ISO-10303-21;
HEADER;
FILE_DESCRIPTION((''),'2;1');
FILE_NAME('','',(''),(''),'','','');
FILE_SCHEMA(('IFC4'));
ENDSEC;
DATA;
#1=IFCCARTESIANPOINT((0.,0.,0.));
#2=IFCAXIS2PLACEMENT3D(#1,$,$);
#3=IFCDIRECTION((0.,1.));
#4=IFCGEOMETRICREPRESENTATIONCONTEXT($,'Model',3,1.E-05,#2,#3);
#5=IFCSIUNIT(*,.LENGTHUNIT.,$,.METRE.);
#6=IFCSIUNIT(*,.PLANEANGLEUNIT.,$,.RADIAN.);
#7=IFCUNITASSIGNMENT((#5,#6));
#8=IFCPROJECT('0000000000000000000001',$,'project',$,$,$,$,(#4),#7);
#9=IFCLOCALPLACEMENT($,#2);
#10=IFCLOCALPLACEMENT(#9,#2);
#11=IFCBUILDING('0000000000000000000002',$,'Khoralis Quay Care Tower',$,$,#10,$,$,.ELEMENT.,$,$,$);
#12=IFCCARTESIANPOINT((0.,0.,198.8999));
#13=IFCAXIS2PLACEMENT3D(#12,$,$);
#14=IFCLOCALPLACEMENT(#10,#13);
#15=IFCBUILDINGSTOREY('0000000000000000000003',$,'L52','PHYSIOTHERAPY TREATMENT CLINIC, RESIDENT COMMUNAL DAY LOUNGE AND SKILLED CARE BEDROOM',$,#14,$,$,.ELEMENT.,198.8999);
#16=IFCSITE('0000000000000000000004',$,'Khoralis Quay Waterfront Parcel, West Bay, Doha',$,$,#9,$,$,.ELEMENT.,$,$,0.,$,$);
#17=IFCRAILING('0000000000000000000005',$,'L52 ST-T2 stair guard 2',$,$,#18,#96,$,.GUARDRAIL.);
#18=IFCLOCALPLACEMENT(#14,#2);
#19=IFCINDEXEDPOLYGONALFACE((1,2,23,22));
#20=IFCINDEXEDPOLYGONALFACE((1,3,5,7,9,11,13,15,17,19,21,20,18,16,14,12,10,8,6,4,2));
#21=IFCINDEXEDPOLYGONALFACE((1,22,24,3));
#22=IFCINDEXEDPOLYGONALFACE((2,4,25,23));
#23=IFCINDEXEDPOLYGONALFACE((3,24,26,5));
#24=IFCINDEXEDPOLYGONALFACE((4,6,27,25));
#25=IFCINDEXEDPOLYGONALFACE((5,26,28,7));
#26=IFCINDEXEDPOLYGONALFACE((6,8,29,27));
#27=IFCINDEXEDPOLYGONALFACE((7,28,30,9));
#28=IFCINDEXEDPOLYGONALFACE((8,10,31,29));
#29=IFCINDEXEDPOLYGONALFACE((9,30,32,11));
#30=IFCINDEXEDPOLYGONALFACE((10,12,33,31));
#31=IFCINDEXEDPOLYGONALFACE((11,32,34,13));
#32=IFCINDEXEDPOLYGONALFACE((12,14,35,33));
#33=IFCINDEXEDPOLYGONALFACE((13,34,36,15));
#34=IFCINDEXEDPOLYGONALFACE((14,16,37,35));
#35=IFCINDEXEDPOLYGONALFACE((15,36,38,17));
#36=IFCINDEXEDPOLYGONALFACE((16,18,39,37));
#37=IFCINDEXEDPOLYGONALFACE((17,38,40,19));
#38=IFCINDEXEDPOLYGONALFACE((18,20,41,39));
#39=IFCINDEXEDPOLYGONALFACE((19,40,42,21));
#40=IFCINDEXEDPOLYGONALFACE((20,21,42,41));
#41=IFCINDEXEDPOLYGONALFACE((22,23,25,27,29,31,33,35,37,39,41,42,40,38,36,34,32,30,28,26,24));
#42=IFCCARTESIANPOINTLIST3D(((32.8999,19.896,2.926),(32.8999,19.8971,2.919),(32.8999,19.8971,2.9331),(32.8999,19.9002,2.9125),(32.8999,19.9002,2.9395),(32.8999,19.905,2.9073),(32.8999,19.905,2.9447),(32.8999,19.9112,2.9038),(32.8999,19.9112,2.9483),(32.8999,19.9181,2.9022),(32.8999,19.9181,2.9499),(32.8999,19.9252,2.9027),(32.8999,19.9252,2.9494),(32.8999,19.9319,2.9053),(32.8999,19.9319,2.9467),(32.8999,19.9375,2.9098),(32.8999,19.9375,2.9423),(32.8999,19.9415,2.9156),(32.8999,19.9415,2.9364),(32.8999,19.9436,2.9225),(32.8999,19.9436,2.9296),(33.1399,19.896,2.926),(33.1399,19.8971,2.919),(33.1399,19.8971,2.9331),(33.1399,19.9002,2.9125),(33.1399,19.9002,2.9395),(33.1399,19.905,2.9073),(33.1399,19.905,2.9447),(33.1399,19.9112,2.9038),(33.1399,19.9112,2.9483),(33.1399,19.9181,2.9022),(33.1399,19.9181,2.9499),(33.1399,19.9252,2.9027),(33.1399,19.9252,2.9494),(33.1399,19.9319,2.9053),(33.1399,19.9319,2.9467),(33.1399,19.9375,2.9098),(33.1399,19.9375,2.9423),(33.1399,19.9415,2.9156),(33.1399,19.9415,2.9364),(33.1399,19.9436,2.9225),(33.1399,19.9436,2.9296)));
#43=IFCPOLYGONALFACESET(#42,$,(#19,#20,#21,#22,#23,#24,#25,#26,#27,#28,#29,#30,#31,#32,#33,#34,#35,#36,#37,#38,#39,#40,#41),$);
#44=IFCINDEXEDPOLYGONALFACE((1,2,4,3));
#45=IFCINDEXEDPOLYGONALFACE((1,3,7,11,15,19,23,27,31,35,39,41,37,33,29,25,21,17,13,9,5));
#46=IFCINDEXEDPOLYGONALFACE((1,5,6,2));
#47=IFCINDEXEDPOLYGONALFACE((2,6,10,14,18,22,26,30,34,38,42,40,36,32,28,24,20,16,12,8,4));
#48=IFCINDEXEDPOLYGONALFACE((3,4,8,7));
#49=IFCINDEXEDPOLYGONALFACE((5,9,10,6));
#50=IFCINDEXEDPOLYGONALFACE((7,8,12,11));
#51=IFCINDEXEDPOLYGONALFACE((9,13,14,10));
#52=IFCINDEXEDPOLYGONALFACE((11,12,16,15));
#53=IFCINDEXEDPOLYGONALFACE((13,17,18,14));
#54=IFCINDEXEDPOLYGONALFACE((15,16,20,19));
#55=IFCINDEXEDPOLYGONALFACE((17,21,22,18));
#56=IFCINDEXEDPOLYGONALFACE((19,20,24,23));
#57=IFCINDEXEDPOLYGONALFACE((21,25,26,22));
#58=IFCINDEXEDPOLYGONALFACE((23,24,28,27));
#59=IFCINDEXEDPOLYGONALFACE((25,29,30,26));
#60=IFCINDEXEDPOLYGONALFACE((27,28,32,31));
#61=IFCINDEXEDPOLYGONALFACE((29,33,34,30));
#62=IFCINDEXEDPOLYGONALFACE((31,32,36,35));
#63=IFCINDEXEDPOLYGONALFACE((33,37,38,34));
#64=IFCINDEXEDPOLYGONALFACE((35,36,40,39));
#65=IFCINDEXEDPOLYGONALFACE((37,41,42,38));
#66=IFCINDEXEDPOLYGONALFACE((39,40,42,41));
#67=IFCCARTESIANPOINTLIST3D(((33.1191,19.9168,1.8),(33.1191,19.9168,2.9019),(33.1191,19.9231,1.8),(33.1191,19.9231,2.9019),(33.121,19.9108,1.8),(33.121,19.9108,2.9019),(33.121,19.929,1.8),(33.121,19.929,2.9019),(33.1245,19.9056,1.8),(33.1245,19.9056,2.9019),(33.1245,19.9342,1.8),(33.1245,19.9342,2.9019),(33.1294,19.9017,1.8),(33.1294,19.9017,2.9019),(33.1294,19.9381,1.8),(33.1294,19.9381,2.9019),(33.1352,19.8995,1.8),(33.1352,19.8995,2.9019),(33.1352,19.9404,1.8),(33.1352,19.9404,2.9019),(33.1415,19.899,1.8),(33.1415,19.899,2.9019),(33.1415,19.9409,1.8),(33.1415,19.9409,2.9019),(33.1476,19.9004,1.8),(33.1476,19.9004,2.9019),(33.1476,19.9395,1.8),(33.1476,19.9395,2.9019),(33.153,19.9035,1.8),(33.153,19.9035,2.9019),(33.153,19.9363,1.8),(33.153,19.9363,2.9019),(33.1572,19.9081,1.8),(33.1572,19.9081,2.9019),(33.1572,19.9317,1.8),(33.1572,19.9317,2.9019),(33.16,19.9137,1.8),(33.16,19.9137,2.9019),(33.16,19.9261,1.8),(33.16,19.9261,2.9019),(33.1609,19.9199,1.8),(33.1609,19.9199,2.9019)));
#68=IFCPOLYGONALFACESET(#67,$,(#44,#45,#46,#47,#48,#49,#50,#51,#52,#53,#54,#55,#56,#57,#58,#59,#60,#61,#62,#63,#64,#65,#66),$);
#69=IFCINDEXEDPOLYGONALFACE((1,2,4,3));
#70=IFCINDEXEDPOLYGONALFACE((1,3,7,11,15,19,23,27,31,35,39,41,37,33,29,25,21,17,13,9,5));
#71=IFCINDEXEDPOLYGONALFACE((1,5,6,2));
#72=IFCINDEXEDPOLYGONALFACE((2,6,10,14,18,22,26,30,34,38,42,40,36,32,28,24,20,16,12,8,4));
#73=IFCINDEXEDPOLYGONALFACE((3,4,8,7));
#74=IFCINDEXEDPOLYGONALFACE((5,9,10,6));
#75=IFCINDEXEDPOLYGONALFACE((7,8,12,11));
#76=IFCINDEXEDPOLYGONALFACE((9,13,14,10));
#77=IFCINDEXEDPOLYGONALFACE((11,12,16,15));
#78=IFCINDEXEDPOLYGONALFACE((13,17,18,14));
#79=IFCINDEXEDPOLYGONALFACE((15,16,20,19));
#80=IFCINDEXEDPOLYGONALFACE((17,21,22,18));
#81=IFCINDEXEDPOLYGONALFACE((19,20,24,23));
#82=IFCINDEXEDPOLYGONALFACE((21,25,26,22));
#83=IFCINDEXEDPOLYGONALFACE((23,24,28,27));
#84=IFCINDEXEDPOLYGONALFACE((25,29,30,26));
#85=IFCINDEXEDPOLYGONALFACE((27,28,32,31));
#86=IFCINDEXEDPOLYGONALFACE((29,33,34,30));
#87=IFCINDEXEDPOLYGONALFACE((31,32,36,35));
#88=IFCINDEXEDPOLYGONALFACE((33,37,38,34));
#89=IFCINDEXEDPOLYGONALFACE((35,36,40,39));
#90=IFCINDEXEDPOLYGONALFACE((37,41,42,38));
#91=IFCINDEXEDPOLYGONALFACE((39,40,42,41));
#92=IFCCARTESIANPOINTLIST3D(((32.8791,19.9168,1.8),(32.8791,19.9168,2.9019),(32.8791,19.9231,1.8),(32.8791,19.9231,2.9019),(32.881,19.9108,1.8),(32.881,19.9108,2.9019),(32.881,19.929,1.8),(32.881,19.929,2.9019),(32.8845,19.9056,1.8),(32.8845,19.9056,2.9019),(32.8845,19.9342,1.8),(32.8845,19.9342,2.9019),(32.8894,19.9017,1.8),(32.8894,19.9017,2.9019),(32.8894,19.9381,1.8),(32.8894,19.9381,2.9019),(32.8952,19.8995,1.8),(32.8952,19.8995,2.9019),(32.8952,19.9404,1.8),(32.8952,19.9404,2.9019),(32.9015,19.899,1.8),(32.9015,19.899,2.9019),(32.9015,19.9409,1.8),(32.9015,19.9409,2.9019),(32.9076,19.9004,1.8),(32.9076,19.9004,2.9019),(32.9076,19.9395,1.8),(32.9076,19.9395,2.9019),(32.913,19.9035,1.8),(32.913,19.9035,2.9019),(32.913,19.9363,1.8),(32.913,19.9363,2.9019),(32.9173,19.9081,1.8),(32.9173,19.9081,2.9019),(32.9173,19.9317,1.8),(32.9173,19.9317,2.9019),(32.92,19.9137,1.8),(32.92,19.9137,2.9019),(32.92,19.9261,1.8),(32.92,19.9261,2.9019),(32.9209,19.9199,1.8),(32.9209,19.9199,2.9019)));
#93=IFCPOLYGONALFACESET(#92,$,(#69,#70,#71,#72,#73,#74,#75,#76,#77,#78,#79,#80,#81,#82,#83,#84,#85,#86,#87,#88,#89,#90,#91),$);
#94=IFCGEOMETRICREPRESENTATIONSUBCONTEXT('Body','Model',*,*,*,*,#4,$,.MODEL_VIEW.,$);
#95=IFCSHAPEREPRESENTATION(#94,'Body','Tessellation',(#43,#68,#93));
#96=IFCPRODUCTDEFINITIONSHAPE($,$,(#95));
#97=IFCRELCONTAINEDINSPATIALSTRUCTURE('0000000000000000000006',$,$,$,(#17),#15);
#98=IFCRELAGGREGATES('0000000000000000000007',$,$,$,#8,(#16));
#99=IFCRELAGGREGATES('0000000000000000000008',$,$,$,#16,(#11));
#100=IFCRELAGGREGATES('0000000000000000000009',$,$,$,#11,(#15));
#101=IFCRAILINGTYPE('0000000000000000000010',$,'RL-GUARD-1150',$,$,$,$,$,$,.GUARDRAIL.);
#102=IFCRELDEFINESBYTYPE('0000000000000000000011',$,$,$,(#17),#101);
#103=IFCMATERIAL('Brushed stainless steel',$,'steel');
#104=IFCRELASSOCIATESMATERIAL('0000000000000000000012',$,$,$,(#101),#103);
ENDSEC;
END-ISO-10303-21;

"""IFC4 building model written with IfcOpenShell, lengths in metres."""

from ifc_helpers import new_model, si_unit, direction, frame, origin, origin_2d, place, context, subcontext, project, spatial, circle, extrude, material, type_object, element, save


model = new_model("IFC4")

# Units and contexts
model_context = context("Model", 3, precision=1e-05, world=origin(), true_north=direction((0.0, 1.0)))
body_context = subcontext(model_context, "Body", "Model", "MODEL_VIEW")
ifc_project = project(units=[si_unit("LENGTHUNIT", "METRE"), si_unit("PLANEANGLEUNIT", "RADIAN")], contexts=[model_context])

# Site, building, storey
site_placement = place(None, origin())
site = spatial("IfcSite", under=ifc_project, at=site_placement, Name="Khoralis Quay Waterfront Parcel, West Bay, Doha", CompositionType="ELEMENT", RefElevation=0.0)
building_placement = place(site_placement, origin())
building = spatial("IfcBuilding", under=site, at=building_placement, Name="Khoralis Quay Care Tower", CompositionType="ELEMENT")
storey_placement = place(building_placement, frame((0.0, 0.0, 198.8999)))
storey = spatial("IfcBuildingStorey", under=building, at=storey_placement, Name="L52", Description="PHYSIOTHERAPY TREATMENT CLINIC, RESIDENT COMMUNAL DAY LOUNGE AND SKILLED CARE BEDROOM", CompositionType="ELEMENT", Elevation=198.8999)

# Railing
ifc_material_1 = material(Name="Brushed stainless steel", Category="steel")
railing_type_1 = type_object("IfcRailingType", Name="RL-GUARD-1150", PredefinedType="GUARDRAIL", material=ifc_material_1)
railing_1_placement = place(storey_placement, frame((33.1399, 19.9199, 1.8)))
element("IfcRailing", 1, at=railing_1_placement, inside=storey, type_object=railing_type_1, Name="L52 ST-T2 stair guard 2", PredefinedType="GUARDRAIL", context=body_context, shape_type="SweptSolid", body=[
    extrude(circle(Radius=0.0239, at=origin_2d()), frame((0.0, 0.0, 1.126), z_axis=(-1.0, 0.0, 0.0), x_axis=(0.0, -1.0, 0.0)), (0.0, 0.0, 1.0), 0.24),
    extrude(circle(Radius=0.021, at=origin_2d()), origin(), (0.0, 0.0, 1.0), 1.1018),
    extrude(circle(Radius=0.021, at=origin_2d()), frame((-0.24, 0.0, 0.0)), (0.0, 0.0, 1.0), 1.1018),
])

save(model, "model.ifc")
